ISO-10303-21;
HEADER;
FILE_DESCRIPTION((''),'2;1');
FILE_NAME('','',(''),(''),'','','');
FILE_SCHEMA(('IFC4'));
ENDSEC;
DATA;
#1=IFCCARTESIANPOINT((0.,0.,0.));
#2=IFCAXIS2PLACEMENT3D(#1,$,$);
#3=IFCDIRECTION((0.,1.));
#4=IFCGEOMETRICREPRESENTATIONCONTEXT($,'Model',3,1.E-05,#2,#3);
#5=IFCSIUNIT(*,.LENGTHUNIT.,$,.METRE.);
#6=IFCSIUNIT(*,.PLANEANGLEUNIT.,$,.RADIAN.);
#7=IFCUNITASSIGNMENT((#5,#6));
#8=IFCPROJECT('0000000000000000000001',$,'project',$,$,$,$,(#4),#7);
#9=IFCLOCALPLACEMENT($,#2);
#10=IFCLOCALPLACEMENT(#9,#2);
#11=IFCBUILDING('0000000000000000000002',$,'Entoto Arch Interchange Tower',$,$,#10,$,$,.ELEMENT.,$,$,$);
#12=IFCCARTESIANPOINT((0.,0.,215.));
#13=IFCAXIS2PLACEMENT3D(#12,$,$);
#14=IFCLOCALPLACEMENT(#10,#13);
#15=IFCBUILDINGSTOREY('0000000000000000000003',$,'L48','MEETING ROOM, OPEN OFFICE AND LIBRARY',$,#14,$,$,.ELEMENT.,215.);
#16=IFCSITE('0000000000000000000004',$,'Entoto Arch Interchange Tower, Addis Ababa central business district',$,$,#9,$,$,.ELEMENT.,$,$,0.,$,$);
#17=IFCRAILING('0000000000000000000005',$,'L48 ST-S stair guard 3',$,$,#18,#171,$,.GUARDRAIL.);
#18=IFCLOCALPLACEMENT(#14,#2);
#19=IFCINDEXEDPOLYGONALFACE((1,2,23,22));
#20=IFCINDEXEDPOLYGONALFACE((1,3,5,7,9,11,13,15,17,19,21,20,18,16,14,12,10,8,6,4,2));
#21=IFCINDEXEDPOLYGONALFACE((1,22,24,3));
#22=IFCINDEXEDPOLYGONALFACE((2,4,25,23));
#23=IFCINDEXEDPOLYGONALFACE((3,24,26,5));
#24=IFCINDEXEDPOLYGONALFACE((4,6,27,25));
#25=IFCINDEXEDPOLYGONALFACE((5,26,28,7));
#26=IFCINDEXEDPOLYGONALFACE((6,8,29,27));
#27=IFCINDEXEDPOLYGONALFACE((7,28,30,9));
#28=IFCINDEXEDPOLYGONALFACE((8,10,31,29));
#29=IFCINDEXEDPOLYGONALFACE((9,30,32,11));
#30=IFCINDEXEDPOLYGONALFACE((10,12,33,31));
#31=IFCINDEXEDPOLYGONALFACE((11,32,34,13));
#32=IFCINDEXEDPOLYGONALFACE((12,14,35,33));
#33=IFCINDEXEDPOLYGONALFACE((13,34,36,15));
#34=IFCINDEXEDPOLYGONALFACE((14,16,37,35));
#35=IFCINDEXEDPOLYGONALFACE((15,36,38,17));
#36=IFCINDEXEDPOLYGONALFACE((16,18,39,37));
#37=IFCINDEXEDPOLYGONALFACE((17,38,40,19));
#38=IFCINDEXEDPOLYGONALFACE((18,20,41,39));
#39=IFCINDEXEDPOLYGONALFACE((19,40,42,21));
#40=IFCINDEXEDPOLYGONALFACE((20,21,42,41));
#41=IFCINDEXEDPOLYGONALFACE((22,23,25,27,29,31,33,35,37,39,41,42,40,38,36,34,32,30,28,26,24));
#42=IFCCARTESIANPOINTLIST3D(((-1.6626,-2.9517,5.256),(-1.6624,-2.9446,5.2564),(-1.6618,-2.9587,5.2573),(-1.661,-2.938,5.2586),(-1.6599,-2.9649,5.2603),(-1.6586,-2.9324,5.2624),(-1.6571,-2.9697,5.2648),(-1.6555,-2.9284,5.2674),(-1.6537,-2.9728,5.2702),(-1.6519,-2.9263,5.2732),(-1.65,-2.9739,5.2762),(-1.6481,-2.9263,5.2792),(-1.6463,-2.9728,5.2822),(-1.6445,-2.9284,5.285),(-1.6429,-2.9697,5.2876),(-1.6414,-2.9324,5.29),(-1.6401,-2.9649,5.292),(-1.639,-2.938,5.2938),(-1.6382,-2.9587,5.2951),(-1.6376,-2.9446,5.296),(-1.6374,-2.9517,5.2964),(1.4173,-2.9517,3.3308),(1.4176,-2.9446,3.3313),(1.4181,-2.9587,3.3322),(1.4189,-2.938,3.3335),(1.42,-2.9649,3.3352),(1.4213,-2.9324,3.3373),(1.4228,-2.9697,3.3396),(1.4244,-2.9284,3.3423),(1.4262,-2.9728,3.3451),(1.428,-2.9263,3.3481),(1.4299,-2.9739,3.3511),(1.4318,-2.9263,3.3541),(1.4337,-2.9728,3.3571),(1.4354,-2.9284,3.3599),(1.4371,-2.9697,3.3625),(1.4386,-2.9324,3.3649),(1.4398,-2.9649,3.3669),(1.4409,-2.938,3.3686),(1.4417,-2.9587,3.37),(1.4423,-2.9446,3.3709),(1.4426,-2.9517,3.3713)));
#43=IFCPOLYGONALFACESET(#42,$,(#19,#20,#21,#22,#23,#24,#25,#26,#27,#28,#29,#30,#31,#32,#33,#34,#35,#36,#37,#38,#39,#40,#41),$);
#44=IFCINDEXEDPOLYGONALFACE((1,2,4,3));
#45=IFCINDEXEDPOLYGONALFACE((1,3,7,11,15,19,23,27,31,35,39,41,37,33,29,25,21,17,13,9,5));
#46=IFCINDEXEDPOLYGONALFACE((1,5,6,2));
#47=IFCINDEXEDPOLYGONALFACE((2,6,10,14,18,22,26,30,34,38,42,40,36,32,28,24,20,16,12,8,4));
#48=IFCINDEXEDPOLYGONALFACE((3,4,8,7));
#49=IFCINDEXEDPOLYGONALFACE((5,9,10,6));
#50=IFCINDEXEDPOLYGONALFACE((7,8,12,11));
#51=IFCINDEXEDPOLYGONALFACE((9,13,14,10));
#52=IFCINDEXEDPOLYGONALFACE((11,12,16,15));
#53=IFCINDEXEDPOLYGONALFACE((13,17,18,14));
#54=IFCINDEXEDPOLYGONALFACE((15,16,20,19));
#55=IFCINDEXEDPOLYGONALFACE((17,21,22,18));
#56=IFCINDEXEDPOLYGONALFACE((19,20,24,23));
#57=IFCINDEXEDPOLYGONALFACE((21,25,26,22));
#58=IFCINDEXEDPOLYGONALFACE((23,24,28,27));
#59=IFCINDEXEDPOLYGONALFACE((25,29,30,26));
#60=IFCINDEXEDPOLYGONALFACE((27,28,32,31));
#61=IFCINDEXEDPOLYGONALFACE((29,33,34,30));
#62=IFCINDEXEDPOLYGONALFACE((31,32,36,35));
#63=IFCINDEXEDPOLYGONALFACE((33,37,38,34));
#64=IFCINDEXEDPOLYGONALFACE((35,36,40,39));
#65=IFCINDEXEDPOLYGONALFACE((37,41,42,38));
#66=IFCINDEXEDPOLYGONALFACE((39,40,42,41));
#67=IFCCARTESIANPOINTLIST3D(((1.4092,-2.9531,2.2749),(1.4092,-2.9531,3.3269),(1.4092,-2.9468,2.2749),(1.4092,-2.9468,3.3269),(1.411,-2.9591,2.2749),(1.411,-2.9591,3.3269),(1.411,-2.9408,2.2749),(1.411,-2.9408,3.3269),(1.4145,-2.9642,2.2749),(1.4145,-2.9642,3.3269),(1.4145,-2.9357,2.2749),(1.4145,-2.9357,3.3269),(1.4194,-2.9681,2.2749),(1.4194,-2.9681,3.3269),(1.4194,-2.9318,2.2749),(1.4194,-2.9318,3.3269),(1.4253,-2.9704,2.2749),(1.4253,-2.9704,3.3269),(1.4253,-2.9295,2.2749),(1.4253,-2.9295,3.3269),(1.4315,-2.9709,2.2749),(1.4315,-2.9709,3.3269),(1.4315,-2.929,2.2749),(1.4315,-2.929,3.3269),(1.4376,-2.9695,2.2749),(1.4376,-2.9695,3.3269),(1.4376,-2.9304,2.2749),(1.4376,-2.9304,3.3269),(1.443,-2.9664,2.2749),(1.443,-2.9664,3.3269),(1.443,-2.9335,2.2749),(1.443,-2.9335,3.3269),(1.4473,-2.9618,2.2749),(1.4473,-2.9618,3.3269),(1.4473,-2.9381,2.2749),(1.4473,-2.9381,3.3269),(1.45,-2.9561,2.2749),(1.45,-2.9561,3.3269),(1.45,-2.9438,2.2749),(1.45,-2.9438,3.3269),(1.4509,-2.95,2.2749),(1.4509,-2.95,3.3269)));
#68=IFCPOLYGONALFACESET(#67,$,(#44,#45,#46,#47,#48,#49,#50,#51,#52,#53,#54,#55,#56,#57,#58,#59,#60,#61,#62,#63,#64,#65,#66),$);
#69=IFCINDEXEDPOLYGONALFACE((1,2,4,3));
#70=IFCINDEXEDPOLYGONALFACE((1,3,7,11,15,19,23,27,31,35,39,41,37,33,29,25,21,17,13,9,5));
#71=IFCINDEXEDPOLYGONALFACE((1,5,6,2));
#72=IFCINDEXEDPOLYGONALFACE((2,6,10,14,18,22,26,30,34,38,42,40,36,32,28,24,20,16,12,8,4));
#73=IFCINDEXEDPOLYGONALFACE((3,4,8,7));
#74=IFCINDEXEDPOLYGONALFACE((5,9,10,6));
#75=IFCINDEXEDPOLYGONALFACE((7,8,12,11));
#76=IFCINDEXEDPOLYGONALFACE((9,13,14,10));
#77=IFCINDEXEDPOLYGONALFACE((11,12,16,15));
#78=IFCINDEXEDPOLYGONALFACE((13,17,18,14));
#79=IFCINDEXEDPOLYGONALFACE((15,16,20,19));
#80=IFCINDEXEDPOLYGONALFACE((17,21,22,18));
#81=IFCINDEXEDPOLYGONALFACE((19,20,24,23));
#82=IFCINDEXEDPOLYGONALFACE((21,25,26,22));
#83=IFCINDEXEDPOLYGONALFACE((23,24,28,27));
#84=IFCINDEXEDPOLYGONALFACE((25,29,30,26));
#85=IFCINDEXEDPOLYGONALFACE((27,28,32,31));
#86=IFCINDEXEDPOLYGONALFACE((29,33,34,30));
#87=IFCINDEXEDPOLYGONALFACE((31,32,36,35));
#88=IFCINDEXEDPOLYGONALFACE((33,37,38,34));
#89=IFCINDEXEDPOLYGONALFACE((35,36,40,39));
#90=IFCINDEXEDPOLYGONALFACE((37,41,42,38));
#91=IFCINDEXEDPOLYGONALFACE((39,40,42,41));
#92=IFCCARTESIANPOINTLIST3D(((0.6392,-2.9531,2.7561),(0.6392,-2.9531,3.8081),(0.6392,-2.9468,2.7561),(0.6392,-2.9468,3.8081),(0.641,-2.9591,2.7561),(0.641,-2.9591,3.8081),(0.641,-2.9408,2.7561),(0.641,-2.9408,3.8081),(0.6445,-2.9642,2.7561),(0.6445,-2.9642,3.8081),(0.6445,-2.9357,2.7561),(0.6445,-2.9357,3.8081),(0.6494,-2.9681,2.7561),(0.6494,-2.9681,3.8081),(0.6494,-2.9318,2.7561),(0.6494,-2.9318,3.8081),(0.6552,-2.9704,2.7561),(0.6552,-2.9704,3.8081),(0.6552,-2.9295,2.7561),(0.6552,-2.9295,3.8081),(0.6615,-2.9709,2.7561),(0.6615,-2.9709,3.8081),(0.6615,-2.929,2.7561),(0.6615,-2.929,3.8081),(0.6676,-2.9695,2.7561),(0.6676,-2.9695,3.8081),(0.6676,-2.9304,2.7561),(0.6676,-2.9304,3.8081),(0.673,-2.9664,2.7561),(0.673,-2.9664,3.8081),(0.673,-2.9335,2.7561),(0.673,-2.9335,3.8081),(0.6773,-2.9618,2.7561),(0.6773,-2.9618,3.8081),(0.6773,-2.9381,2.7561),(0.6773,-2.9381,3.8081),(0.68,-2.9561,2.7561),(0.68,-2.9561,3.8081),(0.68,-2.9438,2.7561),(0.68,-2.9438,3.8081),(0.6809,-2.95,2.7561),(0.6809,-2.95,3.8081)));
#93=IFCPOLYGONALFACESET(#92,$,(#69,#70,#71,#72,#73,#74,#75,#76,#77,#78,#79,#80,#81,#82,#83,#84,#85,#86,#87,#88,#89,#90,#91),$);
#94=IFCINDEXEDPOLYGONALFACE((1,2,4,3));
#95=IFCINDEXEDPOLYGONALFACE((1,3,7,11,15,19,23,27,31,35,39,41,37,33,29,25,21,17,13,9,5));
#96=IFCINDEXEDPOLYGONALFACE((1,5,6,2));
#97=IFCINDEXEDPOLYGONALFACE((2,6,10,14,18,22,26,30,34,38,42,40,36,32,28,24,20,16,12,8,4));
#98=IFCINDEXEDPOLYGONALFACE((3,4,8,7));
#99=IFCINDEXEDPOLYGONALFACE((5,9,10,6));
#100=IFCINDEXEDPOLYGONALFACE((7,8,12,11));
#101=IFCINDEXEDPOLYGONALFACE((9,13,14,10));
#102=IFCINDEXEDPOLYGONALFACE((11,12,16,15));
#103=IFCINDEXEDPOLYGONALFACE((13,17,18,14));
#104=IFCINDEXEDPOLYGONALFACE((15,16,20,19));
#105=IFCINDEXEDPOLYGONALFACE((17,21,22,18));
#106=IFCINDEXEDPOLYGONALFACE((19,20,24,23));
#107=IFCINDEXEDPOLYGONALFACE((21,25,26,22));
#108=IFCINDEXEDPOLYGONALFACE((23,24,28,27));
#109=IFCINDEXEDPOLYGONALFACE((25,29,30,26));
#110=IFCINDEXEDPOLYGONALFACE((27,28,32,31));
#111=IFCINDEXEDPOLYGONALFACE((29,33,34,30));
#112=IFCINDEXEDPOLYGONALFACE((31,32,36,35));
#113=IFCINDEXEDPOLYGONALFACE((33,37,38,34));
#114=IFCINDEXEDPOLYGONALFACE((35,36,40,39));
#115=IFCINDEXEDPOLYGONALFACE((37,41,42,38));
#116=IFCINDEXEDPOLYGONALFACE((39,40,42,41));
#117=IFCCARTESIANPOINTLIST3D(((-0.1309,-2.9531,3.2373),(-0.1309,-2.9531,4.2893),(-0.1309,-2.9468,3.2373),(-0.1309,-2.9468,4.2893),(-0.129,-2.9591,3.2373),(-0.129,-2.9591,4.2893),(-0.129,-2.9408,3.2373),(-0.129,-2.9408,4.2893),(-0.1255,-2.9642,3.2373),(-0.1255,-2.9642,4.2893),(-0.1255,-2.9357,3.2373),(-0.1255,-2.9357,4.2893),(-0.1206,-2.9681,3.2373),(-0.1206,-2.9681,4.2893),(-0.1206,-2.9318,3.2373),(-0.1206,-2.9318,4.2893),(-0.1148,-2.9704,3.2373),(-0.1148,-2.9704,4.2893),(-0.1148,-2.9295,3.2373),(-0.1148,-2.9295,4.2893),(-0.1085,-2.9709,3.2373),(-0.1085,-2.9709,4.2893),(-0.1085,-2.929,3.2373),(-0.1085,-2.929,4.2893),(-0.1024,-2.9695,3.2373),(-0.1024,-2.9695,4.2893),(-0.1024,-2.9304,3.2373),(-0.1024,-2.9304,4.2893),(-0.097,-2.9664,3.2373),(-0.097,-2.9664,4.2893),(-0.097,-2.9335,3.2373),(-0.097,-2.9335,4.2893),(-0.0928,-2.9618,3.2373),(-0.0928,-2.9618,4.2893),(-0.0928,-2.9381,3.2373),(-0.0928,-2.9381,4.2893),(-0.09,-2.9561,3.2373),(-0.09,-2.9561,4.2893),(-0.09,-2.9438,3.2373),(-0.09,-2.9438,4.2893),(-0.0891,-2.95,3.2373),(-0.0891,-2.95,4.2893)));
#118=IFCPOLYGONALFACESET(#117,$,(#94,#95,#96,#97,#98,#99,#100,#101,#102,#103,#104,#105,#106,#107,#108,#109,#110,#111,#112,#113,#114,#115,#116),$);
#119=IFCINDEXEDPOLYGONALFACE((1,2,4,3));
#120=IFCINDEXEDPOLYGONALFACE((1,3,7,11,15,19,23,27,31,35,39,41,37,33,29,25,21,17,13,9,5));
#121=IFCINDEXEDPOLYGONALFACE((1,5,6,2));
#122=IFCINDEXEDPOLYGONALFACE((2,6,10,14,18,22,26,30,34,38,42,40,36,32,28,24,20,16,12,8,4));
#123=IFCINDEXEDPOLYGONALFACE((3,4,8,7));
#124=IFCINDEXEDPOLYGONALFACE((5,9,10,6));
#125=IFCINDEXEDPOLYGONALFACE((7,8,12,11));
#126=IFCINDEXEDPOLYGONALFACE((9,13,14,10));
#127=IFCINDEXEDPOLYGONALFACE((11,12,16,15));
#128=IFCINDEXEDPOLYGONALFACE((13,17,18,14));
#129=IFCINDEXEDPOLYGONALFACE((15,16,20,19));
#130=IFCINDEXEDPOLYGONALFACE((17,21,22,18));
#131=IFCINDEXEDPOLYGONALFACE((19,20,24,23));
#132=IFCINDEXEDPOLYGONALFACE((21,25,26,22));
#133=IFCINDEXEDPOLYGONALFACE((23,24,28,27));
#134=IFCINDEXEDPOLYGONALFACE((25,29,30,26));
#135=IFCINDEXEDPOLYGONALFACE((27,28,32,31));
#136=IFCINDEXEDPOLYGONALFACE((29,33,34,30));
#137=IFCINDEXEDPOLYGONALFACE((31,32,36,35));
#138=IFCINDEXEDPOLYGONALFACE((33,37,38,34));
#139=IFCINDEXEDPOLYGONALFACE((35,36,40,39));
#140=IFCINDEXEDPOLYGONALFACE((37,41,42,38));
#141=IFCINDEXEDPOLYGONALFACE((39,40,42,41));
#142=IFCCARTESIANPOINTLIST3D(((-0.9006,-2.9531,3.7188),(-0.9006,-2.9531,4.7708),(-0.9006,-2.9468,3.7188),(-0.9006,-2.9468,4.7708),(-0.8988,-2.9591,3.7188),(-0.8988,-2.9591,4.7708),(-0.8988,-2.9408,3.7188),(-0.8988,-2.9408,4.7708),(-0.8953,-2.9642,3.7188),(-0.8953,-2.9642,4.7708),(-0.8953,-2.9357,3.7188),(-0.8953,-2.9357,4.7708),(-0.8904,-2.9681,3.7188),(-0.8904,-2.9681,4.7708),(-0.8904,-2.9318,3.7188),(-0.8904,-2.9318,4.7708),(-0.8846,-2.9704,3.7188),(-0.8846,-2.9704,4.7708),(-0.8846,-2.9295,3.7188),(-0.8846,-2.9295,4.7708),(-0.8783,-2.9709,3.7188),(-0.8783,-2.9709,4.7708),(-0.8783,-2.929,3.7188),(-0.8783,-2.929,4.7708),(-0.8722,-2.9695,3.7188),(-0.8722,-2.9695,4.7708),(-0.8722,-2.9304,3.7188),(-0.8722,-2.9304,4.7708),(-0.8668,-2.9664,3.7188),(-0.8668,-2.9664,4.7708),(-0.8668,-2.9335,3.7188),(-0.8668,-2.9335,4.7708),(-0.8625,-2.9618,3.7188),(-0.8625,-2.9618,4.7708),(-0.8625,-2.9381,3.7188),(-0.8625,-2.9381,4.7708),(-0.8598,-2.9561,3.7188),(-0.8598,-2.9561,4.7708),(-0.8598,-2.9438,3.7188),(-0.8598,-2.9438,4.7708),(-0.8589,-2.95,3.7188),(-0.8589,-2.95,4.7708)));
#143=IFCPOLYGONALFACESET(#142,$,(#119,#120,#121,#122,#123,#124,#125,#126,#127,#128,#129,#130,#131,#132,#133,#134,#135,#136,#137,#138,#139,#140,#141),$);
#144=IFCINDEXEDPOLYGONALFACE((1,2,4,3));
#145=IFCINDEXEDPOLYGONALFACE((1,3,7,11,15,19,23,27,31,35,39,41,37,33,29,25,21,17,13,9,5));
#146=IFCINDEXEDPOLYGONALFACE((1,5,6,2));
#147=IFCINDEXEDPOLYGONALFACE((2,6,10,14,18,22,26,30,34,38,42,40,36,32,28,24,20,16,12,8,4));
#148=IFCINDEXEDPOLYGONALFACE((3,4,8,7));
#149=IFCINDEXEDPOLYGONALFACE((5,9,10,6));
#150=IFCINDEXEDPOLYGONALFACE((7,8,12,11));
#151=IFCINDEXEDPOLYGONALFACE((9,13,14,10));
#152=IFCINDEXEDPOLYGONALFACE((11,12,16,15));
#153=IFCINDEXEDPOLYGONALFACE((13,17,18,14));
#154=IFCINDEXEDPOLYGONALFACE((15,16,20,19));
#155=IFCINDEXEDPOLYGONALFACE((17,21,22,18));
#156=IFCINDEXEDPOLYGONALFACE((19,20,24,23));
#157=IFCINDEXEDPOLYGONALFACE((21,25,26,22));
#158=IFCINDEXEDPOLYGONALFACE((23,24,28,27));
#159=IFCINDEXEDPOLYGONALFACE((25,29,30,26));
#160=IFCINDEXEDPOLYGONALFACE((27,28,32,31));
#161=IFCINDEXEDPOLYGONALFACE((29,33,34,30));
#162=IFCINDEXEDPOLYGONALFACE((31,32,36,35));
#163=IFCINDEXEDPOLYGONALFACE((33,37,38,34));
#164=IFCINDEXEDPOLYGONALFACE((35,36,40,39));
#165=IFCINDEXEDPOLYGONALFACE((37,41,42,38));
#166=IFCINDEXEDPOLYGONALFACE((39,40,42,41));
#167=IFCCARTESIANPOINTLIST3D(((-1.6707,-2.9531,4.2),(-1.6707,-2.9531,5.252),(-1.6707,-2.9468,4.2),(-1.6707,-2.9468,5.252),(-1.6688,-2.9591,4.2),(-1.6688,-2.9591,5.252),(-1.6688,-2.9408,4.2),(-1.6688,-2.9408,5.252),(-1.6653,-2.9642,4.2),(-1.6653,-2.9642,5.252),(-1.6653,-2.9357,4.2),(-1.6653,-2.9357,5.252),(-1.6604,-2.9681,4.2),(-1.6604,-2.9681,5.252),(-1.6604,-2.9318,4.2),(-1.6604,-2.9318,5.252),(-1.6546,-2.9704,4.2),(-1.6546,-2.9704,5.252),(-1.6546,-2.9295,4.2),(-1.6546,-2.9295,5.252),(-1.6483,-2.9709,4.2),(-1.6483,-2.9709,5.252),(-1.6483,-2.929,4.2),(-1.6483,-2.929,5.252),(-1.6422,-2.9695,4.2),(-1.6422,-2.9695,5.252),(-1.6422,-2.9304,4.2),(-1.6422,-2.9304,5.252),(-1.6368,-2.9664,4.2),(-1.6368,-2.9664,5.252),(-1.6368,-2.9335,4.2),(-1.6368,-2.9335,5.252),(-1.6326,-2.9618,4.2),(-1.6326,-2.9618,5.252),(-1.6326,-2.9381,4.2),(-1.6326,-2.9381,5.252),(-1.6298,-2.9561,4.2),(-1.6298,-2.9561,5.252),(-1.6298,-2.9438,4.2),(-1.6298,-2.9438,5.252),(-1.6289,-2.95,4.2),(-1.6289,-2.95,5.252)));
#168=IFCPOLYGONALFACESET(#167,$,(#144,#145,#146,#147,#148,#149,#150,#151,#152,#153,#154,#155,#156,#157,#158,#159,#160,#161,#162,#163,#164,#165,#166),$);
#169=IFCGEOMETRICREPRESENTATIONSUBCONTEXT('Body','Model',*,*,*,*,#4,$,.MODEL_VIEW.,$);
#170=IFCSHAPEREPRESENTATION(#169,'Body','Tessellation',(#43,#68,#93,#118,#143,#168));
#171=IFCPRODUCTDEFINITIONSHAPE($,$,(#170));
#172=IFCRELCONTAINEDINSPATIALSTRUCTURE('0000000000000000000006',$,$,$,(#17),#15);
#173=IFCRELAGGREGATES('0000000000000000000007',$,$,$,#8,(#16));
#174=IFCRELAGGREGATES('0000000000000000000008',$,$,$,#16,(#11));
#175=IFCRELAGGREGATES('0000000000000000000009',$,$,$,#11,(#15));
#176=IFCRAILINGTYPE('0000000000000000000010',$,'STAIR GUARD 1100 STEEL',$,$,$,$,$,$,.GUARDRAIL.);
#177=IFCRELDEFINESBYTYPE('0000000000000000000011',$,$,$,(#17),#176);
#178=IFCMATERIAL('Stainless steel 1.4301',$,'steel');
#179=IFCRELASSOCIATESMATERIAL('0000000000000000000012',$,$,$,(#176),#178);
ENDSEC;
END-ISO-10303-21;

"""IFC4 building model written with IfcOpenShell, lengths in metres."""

from ifc_helpers import new_model, si_unit, direction, frame, origin, origin_2d, place, context, subcontext, project, spatial, circle, extrude, material, type_object, element, save


model = new_model("IFC4")

# Units and contexts
model_context = context("Model", 3, precision=1e-05, world=origin(), true_north=direction((0.0, 1.0)))
body_context = subcontext(model_context, "Body", "Model", "MODEL_VIEW")
ifc_project = project(units=[si_unit("LENGTHUNIT", "METRE"), si_unit("PLANEANGLEUNIT", "RADIAN")], contexts=[model_context])

# Site, building, storey
site_placement = place(None, origin())
site = spatial("IfcSite", under=ifc_project, at=site_placement, Name="Entoto Arch Interchange Tower, Addis Ababa central business district", CompositionType="ELEMENT", RefElevation=0.0)
building_placement = place(site_placement, origin())
building = spatial("IfcBuilding", under=site, at=building_placement, Name="Entoto Arch Interchange Tower", CompositionType="ELEMENT")
storey_placement = place(building_placement, frame((0.0, 0.0, 215.0)))
storey = spatial("IfcBuildingStorey", under=building, at=storey_placement, Name="L48", Description="MEETING ROOM, OPEN OFFICE AND LIBRARY", CompositionType="ELEMENT", Elevation=215.0)

# Railing
ifc_material_1 = material(Name="Stainless steel 1.4301", Category="steel")
railing_type_1 = type_object("IfcRailingType", Name="STAIR GUARD 1100 STEEL", PredefinedType="GUARDRAIL", material=ifc_material_1)
railing_1_placement = place(storey_placement, frame((1.4299, -2.95, 2.2749)))
element("IfcRailing", 1, at=railing_1_placement, inside=storey, type_object=railing_type_1, Name="L48 ST-S stair guard 3", PredefinedType="GUARDRAIL", context=body_context, shape_type="SweptSolid", body=[
    extrude(circle(Radius=0.0239, at=origin_2d()), frame((0.0, 0.0, 1.0762), z_axis=(-0.847979, 0.0, 0.530029), x_axis=(0.0, -1.0, 0.0)), (0.0, 0.0, 1.0), 3.6321),
    extrude(circle(Radius=0.021, at=origin_2d()), origin(), (0.0, 0.0, 1.0), 1.052),
    extrude(circle(Radius=0.021, at=origin_2d()), frame((-0.77, 0.0, 0.4812)), (0.0, 0.0, 1.0), 1.052),
    extrude(circle(Radius=0.021, at=origin_2d()), frame((-1.54, 0.0, 0.9624)), (0.0, 0.0, 1.0), 1.052),
    extrude(circle(Radius=0.021, at=origin_2d()), frame((-2.3098, 0.0, 1.4438)), (0.0, 0.0, 1.0), 1.052),
    extrude(circle(Radius=0.021, at=origin_2d()), frame((-3.0798, 0.0, 1.925)), (0.0, 0.0, 1.0), 1.052),
])

save(model, "model.ifc")
